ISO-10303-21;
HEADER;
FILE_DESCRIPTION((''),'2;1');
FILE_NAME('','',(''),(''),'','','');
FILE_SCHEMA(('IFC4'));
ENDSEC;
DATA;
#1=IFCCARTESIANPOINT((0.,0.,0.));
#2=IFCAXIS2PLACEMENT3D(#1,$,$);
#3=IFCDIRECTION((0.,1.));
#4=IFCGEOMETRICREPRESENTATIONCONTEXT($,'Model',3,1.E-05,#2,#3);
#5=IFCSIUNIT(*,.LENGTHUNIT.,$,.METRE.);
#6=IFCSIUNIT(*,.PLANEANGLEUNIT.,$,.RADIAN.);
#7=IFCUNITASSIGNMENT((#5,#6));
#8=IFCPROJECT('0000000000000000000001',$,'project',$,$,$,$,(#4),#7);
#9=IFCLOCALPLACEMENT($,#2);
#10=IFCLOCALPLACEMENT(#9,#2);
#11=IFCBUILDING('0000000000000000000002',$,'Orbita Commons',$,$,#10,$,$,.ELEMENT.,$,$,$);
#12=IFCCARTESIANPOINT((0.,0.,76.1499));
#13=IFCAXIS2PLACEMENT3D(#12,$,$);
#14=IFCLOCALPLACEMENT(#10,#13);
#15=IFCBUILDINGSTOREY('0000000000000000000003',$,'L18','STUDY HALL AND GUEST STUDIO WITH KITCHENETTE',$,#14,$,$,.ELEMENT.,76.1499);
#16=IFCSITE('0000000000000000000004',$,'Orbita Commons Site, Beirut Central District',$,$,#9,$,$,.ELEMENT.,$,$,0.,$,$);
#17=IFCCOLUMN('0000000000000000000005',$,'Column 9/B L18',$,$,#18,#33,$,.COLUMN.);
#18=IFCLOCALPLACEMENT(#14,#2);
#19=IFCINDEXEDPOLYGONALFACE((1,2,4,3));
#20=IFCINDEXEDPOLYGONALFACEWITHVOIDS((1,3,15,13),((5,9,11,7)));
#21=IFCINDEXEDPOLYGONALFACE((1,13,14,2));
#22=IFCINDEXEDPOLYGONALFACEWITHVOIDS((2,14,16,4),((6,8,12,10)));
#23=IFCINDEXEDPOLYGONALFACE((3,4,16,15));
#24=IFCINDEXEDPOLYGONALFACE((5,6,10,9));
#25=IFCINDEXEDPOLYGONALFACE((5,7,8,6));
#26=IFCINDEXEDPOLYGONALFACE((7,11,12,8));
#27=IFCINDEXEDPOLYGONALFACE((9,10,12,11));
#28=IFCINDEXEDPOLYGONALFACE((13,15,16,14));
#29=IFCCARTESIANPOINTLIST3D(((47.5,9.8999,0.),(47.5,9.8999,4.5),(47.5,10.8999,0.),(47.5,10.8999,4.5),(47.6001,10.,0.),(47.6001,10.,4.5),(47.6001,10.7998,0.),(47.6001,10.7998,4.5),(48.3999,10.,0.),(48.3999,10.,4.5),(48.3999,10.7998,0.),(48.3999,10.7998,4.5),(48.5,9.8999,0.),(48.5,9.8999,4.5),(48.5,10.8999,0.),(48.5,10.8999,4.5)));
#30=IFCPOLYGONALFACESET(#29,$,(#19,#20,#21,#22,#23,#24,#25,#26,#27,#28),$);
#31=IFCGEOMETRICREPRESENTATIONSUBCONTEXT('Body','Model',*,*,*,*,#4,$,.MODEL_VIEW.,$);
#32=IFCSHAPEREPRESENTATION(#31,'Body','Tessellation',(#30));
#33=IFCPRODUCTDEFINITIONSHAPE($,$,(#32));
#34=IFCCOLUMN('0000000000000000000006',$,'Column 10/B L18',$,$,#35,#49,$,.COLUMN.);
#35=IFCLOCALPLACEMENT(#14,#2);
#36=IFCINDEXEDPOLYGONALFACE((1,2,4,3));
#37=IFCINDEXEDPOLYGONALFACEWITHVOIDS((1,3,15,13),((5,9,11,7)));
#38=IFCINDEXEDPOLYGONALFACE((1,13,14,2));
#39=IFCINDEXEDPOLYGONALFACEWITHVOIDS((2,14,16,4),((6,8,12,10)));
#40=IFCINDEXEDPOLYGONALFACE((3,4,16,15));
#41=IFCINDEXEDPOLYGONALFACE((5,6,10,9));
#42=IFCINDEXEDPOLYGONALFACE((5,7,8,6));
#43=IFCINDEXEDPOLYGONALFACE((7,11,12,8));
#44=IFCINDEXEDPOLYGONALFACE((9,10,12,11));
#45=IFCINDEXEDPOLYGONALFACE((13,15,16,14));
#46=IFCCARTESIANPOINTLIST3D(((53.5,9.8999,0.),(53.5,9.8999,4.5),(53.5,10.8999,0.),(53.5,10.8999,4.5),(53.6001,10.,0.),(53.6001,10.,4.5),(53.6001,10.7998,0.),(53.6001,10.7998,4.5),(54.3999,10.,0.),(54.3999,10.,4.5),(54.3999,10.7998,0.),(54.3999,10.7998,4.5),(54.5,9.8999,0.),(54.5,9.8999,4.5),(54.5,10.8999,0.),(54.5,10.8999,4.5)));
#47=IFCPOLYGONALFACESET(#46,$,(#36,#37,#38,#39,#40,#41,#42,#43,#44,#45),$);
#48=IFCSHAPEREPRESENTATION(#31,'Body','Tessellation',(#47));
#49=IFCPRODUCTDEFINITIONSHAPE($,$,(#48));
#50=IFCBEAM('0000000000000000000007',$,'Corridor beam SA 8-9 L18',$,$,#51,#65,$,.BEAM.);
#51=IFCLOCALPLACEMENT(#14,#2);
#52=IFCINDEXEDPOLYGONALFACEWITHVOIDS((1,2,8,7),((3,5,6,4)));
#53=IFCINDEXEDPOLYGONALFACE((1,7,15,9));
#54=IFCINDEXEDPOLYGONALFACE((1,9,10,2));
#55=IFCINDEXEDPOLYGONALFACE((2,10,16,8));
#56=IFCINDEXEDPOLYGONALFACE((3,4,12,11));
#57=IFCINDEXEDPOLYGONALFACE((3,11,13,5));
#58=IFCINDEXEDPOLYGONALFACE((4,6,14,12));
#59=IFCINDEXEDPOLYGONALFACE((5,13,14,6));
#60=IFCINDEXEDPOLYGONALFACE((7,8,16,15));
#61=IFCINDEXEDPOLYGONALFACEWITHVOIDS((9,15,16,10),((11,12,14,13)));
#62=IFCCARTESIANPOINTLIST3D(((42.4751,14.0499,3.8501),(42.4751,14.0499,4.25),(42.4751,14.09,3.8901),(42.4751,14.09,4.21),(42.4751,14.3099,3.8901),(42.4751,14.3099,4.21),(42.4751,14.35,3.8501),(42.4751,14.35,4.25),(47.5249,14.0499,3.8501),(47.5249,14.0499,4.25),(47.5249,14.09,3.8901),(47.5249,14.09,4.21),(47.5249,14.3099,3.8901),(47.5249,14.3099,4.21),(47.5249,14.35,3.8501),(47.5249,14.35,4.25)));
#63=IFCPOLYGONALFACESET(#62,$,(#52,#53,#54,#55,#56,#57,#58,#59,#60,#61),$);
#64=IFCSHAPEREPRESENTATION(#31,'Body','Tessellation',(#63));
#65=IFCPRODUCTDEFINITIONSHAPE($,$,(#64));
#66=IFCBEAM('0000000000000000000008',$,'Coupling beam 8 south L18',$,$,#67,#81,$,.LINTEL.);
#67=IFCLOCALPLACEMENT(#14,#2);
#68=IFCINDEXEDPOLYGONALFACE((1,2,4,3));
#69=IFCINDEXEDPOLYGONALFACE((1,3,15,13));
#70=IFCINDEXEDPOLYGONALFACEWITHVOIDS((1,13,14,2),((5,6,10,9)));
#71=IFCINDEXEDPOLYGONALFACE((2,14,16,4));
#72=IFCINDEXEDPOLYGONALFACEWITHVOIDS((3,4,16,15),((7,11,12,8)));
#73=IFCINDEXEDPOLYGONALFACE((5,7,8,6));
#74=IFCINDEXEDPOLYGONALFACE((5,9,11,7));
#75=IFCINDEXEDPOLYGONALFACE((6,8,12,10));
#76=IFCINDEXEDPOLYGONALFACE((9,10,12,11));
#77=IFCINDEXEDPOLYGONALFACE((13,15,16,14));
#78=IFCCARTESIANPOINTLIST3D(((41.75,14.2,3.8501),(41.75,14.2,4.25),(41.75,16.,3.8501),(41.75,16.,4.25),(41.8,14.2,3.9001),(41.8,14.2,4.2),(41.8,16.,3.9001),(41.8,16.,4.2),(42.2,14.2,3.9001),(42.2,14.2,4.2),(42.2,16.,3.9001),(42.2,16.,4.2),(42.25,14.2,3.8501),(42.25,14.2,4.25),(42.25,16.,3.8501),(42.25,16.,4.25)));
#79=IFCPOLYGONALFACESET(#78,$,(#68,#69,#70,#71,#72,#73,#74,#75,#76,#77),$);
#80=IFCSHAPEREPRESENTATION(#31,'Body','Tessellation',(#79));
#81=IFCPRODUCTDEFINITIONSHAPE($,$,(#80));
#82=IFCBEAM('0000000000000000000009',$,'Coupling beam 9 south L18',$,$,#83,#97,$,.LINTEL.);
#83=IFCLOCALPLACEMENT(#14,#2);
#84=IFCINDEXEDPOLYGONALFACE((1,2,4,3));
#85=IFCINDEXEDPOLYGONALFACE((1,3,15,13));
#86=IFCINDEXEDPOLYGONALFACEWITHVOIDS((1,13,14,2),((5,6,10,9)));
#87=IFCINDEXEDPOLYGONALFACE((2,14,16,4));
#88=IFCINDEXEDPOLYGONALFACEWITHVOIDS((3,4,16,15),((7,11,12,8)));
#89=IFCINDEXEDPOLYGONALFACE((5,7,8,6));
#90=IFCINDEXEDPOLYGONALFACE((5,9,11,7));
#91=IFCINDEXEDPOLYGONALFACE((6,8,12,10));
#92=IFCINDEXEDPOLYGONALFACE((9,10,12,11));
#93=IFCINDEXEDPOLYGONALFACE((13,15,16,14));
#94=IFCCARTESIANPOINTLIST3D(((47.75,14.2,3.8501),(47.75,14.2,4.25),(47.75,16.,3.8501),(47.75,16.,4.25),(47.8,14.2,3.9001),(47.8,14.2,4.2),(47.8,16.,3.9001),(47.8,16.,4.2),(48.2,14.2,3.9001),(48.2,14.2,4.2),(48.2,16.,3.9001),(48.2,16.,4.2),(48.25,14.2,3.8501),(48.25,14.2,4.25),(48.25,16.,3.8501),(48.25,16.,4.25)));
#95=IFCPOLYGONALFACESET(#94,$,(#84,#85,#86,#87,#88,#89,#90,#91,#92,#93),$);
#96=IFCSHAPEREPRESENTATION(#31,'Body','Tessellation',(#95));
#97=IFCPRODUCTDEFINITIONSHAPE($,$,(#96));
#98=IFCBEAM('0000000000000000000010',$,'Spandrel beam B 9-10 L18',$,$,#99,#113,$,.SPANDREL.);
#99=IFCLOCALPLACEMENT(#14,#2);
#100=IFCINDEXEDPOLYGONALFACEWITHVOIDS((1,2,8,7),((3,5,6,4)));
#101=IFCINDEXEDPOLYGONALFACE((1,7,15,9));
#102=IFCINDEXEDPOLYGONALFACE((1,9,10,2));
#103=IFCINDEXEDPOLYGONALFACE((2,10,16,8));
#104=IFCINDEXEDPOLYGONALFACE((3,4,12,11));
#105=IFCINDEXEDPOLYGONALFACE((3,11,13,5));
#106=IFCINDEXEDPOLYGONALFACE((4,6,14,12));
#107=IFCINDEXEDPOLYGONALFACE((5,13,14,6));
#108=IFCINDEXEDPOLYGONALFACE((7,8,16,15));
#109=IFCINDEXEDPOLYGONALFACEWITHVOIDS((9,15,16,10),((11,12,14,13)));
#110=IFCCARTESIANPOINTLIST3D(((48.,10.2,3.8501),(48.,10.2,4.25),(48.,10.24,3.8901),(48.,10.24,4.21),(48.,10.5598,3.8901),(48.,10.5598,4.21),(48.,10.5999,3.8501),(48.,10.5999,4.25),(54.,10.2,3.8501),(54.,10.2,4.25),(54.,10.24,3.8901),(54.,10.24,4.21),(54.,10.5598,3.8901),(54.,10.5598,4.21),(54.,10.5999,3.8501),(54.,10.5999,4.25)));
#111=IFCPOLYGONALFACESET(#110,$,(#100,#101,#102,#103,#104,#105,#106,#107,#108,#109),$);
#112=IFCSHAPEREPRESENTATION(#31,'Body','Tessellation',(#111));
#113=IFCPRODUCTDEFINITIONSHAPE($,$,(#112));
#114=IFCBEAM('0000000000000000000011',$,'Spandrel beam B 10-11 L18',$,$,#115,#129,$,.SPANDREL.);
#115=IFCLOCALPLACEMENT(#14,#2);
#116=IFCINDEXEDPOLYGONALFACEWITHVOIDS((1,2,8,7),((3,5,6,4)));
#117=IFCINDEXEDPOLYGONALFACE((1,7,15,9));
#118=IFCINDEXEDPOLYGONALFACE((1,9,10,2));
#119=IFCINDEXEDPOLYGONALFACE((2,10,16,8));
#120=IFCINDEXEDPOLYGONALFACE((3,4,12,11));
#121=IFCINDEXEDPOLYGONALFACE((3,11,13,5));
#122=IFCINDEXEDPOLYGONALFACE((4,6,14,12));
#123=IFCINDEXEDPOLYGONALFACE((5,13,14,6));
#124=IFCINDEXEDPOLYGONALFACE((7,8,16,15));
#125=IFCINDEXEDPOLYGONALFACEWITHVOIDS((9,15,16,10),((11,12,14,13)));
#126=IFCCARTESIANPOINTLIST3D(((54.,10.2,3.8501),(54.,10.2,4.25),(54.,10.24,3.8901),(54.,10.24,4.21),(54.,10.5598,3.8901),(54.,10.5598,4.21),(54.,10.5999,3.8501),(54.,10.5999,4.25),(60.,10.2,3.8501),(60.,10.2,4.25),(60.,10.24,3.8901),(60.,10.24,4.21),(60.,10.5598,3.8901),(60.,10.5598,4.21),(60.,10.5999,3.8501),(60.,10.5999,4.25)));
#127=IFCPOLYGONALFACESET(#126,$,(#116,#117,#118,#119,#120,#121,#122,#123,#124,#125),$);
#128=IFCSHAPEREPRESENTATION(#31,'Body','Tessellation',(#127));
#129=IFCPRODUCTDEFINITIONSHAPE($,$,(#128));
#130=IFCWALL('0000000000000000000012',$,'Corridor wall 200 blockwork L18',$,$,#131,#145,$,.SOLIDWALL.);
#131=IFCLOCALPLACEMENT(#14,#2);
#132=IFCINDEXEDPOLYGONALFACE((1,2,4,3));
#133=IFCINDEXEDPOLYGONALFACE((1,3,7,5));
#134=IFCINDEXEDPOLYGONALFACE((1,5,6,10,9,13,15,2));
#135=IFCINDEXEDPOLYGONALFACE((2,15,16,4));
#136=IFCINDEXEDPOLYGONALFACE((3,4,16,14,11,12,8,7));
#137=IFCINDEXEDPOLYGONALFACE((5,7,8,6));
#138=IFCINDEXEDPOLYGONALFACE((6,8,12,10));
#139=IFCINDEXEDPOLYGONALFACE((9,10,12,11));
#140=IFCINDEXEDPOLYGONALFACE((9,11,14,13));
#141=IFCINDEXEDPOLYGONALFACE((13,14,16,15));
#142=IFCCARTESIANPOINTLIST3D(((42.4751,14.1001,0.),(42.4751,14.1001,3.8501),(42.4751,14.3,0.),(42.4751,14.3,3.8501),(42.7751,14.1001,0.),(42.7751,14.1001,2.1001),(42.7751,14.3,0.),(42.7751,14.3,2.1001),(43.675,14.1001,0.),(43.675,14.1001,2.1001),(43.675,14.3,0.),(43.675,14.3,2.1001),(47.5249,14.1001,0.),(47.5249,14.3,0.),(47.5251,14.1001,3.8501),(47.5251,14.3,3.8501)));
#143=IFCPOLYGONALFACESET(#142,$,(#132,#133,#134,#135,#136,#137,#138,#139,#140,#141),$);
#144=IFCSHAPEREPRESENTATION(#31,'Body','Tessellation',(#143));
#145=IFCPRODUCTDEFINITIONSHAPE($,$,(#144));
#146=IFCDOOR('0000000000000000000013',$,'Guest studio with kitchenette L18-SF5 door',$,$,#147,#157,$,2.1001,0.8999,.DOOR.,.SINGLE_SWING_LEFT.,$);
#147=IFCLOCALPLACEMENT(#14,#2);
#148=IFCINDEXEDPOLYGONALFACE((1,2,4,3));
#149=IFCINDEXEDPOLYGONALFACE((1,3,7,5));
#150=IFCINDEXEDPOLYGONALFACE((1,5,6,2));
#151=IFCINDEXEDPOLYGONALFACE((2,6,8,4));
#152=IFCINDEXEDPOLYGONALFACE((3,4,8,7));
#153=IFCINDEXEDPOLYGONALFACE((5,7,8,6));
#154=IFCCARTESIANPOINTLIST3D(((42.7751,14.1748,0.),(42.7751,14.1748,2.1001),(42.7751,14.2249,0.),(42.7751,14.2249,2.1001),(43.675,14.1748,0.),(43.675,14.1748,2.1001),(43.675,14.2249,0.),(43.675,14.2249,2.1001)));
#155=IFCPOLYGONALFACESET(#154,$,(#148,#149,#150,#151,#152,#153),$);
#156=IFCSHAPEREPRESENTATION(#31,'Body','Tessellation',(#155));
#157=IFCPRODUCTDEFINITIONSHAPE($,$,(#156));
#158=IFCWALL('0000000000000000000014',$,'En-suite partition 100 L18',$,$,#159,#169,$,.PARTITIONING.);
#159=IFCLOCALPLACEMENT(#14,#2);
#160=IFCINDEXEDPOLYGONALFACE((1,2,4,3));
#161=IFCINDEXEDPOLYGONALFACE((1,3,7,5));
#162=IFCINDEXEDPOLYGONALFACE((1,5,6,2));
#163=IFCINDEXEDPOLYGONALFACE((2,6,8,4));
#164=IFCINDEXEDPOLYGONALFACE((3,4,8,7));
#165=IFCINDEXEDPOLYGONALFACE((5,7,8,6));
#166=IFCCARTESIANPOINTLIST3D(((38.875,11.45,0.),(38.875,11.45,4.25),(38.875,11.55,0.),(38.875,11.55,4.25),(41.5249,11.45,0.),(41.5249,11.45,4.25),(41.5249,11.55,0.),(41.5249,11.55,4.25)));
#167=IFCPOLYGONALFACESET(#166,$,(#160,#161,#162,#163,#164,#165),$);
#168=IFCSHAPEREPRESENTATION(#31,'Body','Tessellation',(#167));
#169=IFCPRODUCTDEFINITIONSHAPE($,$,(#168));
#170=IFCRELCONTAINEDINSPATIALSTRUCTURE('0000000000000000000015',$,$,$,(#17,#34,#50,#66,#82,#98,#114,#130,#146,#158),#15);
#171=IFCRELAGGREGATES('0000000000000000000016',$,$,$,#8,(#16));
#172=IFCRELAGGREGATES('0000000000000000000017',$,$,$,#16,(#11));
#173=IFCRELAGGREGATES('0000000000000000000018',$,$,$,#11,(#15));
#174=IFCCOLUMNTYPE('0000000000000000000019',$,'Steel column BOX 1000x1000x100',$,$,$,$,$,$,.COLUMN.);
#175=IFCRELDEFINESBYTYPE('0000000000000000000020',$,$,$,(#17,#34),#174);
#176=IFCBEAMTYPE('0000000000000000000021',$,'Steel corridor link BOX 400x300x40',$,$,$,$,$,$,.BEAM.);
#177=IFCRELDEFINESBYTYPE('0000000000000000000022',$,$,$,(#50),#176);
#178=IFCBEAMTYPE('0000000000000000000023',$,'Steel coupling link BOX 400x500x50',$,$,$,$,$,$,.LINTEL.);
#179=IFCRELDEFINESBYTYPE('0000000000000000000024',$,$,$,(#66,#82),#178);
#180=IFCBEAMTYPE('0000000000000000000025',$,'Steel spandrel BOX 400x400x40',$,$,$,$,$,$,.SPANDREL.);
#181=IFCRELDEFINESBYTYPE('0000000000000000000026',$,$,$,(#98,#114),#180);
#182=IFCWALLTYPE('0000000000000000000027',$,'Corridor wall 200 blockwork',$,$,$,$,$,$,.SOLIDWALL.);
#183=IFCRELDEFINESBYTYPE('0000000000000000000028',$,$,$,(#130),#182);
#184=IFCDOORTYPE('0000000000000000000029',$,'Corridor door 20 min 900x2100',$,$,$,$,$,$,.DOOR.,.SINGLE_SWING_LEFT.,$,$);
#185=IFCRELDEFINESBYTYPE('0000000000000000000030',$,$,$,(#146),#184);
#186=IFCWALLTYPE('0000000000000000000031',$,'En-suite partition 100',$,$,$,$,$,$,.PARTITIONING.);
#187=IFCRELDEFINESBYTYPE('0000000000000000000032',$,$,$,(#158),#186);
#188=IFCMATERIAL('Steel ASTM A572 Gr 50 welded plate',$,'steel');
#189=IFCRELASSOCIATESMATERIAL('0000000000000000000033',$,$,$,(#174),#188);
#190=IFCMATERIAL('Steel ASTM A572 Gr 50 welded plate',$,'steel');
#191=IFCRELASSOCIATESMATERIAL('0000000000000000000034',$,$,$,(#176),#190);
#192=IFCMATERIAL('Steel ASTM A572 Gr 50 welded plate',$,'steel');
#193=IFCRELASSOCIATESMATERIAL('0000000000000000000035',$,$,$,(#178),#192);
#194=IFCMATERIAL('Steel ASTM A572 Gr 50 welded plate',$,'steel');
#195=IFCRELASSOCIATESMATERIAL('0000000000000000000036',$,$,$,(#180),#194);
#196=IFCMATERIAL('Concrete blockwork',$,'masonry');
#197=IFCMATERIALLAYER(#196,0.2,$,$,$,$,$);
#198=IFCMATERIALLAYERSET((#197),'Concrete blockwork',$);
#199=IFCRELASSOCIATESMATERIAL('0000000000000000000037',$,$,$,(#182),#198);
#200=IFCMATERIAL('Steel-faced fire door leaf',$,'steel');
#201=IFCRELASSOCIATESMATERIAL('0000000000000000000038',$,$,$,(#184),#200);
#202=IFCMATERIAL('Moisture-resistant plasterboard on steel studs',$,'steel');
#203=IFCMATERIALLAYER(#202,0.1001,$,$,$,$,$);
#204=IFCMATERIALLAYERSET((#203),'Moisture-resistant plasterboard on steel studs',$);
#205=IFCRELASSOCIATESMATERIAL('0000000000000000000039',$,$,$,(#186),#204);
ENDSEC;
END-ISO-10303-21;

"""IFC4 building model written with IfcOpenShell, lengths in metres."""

from ifc_helpers import new_model, si_unit, direction, frame, frame_2d, origin, origin_2d, place, context, subcontext, project, spatial, polyline, rectangle, hollow_rectangle, outline, extrude, material, layer, layer_set, material_profile, profile_set, type_object, element, fill, save


model = new_model("IFC4")

# Units and contexts
model_context = context("Model", 3, precision=1e-05, world=origin(), true_north=direction((0.0, 1.0)))
body_context = subcontext(model_context, "Body", "Model", "MODEL_VIEW")
ifc_project = project(units=[si_unit("LENGTHUNIT", "METRE"), si_unit("PLANEANGLEUNIT", "RADIAN")], contexts=[model_context])

# Site, building, storey
site_placement = place(None, origin())
site = spatial("IfcSite", under=ifc_project, at=site_placement, Name="Orbita Commons Site, Beirut Central District", CompositionType="ELEMENT", RefElevation=0.0)
building_placement = place(site_placement, origin())
building = spatial("IfcBuilding", under=site, at=building_placement, Name="Orbita Commons", CompositionType="ELEMENT")
storey_placement = place(building_placement, frame((0.0, 0.0, 76.1499)))
storey = spatial("IfcBuildingStorey", under=building, at=storey_placement, Name="L18", Description="STUDY HALL AND GUEST STUDIO WITH KITCHENETTE", CompositionType="ELEMENT", Elevation=76.1499)

# Columns
ifc_material_1 = material(Name="Steel ASTM A572 Gr 50 welded plate", Category="steel")
ifc_material_profile_1 = material_profile(ifc_material_1, hollow_rectangle(XDim=1.0, YDim=1.0, WallThickness=0.1001, at=origin_2d()), Name="BOX 1000x1000x100")
ifc_profile_set_1 = profile_set([ifc_material_profile_1], Name="Steel ASTM A572 Gr 50 welded plate")
column_type = type_object("IfcColumnType", Name="Steel column BOX 1000x1000x100", PredefinedType="COLUMN", material=ifc_profile_set_1)
for number, where, z_axis, x_axis, name in (
    (1, (48.0, 10.3999, 0.0), (0.0, 0.0, 1.0), (1.0, 0.0, 0.0), "Column 9/B L18"),
    (2, (54.0, 10.3999, 0.0), (0.0, 0.0, 1.0), (1.0, 0.0, 0.0), "Column 10/B L18"),
):
    element("IfcColumn", number, at=place(storey_placement, frame(where, z_axis=z_axis, x_axis=x_axis)), inside=storey, type_object=column_type, Name=name, PredefinedType="COLUMN", context=body_context, shape_type="SweptSolid", body=[
        extrude(hollow_rectangle(XDim=1.0, YDim=1.0, WallThickness=0.1001, at=origin_2d()), origin(), (0.0, 0.0, 1.0), 4.5),
    ])

# Beams
ifc_material_2 = material(Name="Steel ASTM A572 Gr 50 welded plate", Category="steel")
ifc_material_profile_2 = material_profile(ifc_material_2, hollow_rectangle(XDim=0.3, YDim=0.3999, WallThickness=0.04, at=origin_2d()), Name="BOX 400x300x40")
ifc_profile_set_2 = profile_set([ifc_material_profile_2], Name="Steel ASTM A572 Gr 50 welded plate")
beam_type_1 = type_object("IfcBeamType", Name="Steel corridor link BOX 400x300x40", PredefinedType="BEAM", material=ifc_profile_set_2)
beam_placement = place(storey_placement, frame((42.4751, 14.2, 4.05), z_axis=(1.0, 0.0, 0.0), x_axis=(0.0, 1.0, 0.0)))
element("IfcBeam", 3, at=beam_placement, inside=storey, type_object=beam_type_1, Name="Corridor beam SA 8-9 L18", PredefinedType="BEAM", context=body_context, shape_type="SweptSolid", body=[
    extrude(hollow_rectangle(XDim=0.3, YDim=0.3999, WallThickness=0.04, at=origin_2d()), origin(), (0.0, 0.0, 1.0), 5.0498),
])
ifc_material_3 = material(Name="Steel ASTM A572 Gr 50 welded plate", Category="steel")
ifc_material_profile_3 = material_profile(ifc_material_3, hollow_rectangle(XDim=0.5, YDim=0.3999, WallThickness=0.05, at=origin_2d()), Name="BOX 400x500x50")
ifc_profile_set_3 = profile_set([ifc_material_profile_3], Name="Steel ASTM A572 Gr 50 welded plate")
beam_type_2 = type_object("IfcBeamType", Name="Steel coupling link BOX 400x500x50", PredefinedType="LINTEL", material=ifc_profile_set_3)
for number, where, z_axis, x_axis, name in (
    (4, (42.0, 14.2, 4.05), (0.0, 1.0, 0.0), (-1.0, 0.0, 0.0), "Coupling beam 8 south L18"),
    (5, (48.0, 14.2, 4.05), (0.0, 1.0, 0.0), (-1.0, 0.0, 0.0), "Coupling beam 9 south L18"),
):
    element("IfcBeam", number, at=place(storey_placement, frame(where, z_axis=z_axis, x_axis=x_axis)), inside=storey, type_object=beam_type_2, Name=name, PredefinedType="LINTEL", context=body_context, shape_type="SweptSolid", body=[
        extrude(hollow_rectangle(XDim=0.5, YDim=0.3999, WallThickness=0.05, at=origin_2d()), origin(), (0.0, 0.0, 1.0), 1.8),
    ])
ifc_material_4 = material(Name="Steel ASTM A572 Gr 50 welded plate", Category="steel")
ifc_material_profile_4 = material_profile(ifc_material_4, hollow_rectangle(XDim=0.3999, YDim=0.3999, WallThickness=0.04, at=origin_2d()), Name="BOX 400x400x40")
ifc_profile_set_4 = profile_set([ifc_material_profile_4], Name="Steel ASTM A572 Gr 50 welded plate")
beam_type_3 = type_object("IfcBeamType", Name="Steel spandrel BOX 400x400x40", PredefinedType="SPANDREL", material=ifc_profile_set_4)
for number, where, z_axis, x_axis, name in (
    (6, (48.0, 10.3999, 4.05), (1.0, 0.0, 0.0), (0.0, 1.0, 0.0), "Spandrel beam B 9-10 L18"),
    (7, (54.0, 10.3999, 4.05), (1.0, 0.0, 0.0), (0.0, 1.0, 0.0), "Spandrel beam B 10-11 L18"),
):
    element("IfcBeam", number, at=place(storey_placement, frame(where, z_axis=z_axis, x_axis=x_axis)), inside=storey, type_object=beam_type_3, Name=name, PredefinedType="SPANDREL", context=body_context, shape_type="SweptSolid", body=[
        extrude(hollow_rectangle(XDim=0.3999, YDim=0.3999, WallThickness=0.04, at=origin_2d()), origin(), (0.0, 0.0, 1.0), 6.0),
    ])

# Wall, opening, door
ifc_material_5 = material(Name="Concrete blockwork", Category="masonry")
ifc_layer_1 = layer(ifc_material_5, 0.2)
ifc_layer_set_1 = layer_set([ifc_layer_1], Name="Concrete blockwork")
wall_type_1 = type_object("IfcWallType", Name="Corridor wall 200 blockwork", PredefinedType="SOLIDWALL", material=ifc_layer_set_1)
wall_1_placement = place(storey_placement, frame((42.4751, 14.2, 0.0), z_axis=(0.0, 0.0, 1.0), x_axis=(1.0, 0.0, 0.0)))
wall_1 = element("IfcWall", 8, at=wall_1_placement, inside=storey, type_object=wall_type_1, Name="Corridor wall 200 blockwork L18", PredefinedType="SOLIDWALL", context=body_context, shape_type="SweptSolid", body=[
    extrude(outline(polyline([(0.0, 0.0), (5.0498, 0.0), (5.05, 3.8501), (0.0, 3.8501), (0.0, 0.0)])), frame((0.0, 0.1001, 0.0), z_axis=(0.0, -1.0, 0.0), x_axis=(1.0, 0.0, 0.0)), (0.0, 0.0, 1.0), 0.2),
])
opening_1_placement = place(wall_1_placement, frame((0.3, 0.0, 0.0)))
opening_1 = element("IfcOpeningElement", 9, at=opening_1_placement, cuts=wall_1, PredefinedType="OPENING", context=body_context, shape_type="SweptSolid", body=[
    extrude(rectangle(XDim=0.8999, YDim=2.1001, at=frame_2d((0.45, 1.05))), frame((0.0, 0.1099, 0.0), z_axis=(0.0, -1.0, 0.0), x_axis=(1.0, 0.0, 0.0)), (0.0, 0.0, 1.0), 0.22),
])
ifc_material_6 = material(Name="Steel-faced fire door leaf", Category="steel")
door_type_1 = type_object("IfcDoorType", Name="Corridor door 20 min 900x2100", OperationType="SINGLE_SWING_LEFT", PredefinedType="DOOR", material=ifc_material_6)
door_1_placement = place(opening_1_placement, origin())
door_1 = element("IfcDoor", 10, at=door_1_placement, inside=storey, type_object=door_type_1, Name="Guest studio with kitchenette L18-SF5 door", OperationType="SINGLE_SWING_LEFT", OverallHeight=2.1001, OverallWidth=0.8999, PredefinedType="DOOR", context=body_context, shape_type="SweptSolid", body=[
    extrude(rectangle(XDim=0.8999, YDim=2.1001, at=frame_2d((0.45, 1.05))), frame((0.0, 0.0249, 0.0), z_axis=(0.0, -1.0, 0.0), x_axis=(1.0, 0.0, 0.0)), (0.0, 0.0, 1.0), 0.05),
])
fill(opening_1, door_1)

# Wall
ifc_material_7 = material(Name="Moisture-resistant plasterboard on steel studs", Category="steel")
ifc_layer_2 = layer(ifc_material_7, 0.1001)
ifc_layer_set_2 = layer_set([ifc_layer_2], Name="Moisture-resistant plasterboard on steel studs")
wall_type_2 = type_object("IfcWallType", Name="En-suite partition 100", PredefinedType="PARTITIONING", material=ifc_layer_set_2)
wall_2_placement = place(storey_placement, frame((38.875, 11.5, 0.0), z_axis=(0.0, 0.0, 1.0), x_axis=(1.0, 0.0, 0.0)))
element("IfcWall", 11, at=wall_2_placement, inside=storey, type_object=wall_type_2, Name="En-suite partition 100 L18", PredefinedType="PARTITIONING", context=body_context, shape_type="SweptSolid", body=[
    extrude(rectangle(XDim=2.6499, YDim=0.1001, at=frame_2d((1.325, 0.0))), origin(), (0.0, 0.0, 1.0), 4.25),
])

save(model, "model.ifc")
